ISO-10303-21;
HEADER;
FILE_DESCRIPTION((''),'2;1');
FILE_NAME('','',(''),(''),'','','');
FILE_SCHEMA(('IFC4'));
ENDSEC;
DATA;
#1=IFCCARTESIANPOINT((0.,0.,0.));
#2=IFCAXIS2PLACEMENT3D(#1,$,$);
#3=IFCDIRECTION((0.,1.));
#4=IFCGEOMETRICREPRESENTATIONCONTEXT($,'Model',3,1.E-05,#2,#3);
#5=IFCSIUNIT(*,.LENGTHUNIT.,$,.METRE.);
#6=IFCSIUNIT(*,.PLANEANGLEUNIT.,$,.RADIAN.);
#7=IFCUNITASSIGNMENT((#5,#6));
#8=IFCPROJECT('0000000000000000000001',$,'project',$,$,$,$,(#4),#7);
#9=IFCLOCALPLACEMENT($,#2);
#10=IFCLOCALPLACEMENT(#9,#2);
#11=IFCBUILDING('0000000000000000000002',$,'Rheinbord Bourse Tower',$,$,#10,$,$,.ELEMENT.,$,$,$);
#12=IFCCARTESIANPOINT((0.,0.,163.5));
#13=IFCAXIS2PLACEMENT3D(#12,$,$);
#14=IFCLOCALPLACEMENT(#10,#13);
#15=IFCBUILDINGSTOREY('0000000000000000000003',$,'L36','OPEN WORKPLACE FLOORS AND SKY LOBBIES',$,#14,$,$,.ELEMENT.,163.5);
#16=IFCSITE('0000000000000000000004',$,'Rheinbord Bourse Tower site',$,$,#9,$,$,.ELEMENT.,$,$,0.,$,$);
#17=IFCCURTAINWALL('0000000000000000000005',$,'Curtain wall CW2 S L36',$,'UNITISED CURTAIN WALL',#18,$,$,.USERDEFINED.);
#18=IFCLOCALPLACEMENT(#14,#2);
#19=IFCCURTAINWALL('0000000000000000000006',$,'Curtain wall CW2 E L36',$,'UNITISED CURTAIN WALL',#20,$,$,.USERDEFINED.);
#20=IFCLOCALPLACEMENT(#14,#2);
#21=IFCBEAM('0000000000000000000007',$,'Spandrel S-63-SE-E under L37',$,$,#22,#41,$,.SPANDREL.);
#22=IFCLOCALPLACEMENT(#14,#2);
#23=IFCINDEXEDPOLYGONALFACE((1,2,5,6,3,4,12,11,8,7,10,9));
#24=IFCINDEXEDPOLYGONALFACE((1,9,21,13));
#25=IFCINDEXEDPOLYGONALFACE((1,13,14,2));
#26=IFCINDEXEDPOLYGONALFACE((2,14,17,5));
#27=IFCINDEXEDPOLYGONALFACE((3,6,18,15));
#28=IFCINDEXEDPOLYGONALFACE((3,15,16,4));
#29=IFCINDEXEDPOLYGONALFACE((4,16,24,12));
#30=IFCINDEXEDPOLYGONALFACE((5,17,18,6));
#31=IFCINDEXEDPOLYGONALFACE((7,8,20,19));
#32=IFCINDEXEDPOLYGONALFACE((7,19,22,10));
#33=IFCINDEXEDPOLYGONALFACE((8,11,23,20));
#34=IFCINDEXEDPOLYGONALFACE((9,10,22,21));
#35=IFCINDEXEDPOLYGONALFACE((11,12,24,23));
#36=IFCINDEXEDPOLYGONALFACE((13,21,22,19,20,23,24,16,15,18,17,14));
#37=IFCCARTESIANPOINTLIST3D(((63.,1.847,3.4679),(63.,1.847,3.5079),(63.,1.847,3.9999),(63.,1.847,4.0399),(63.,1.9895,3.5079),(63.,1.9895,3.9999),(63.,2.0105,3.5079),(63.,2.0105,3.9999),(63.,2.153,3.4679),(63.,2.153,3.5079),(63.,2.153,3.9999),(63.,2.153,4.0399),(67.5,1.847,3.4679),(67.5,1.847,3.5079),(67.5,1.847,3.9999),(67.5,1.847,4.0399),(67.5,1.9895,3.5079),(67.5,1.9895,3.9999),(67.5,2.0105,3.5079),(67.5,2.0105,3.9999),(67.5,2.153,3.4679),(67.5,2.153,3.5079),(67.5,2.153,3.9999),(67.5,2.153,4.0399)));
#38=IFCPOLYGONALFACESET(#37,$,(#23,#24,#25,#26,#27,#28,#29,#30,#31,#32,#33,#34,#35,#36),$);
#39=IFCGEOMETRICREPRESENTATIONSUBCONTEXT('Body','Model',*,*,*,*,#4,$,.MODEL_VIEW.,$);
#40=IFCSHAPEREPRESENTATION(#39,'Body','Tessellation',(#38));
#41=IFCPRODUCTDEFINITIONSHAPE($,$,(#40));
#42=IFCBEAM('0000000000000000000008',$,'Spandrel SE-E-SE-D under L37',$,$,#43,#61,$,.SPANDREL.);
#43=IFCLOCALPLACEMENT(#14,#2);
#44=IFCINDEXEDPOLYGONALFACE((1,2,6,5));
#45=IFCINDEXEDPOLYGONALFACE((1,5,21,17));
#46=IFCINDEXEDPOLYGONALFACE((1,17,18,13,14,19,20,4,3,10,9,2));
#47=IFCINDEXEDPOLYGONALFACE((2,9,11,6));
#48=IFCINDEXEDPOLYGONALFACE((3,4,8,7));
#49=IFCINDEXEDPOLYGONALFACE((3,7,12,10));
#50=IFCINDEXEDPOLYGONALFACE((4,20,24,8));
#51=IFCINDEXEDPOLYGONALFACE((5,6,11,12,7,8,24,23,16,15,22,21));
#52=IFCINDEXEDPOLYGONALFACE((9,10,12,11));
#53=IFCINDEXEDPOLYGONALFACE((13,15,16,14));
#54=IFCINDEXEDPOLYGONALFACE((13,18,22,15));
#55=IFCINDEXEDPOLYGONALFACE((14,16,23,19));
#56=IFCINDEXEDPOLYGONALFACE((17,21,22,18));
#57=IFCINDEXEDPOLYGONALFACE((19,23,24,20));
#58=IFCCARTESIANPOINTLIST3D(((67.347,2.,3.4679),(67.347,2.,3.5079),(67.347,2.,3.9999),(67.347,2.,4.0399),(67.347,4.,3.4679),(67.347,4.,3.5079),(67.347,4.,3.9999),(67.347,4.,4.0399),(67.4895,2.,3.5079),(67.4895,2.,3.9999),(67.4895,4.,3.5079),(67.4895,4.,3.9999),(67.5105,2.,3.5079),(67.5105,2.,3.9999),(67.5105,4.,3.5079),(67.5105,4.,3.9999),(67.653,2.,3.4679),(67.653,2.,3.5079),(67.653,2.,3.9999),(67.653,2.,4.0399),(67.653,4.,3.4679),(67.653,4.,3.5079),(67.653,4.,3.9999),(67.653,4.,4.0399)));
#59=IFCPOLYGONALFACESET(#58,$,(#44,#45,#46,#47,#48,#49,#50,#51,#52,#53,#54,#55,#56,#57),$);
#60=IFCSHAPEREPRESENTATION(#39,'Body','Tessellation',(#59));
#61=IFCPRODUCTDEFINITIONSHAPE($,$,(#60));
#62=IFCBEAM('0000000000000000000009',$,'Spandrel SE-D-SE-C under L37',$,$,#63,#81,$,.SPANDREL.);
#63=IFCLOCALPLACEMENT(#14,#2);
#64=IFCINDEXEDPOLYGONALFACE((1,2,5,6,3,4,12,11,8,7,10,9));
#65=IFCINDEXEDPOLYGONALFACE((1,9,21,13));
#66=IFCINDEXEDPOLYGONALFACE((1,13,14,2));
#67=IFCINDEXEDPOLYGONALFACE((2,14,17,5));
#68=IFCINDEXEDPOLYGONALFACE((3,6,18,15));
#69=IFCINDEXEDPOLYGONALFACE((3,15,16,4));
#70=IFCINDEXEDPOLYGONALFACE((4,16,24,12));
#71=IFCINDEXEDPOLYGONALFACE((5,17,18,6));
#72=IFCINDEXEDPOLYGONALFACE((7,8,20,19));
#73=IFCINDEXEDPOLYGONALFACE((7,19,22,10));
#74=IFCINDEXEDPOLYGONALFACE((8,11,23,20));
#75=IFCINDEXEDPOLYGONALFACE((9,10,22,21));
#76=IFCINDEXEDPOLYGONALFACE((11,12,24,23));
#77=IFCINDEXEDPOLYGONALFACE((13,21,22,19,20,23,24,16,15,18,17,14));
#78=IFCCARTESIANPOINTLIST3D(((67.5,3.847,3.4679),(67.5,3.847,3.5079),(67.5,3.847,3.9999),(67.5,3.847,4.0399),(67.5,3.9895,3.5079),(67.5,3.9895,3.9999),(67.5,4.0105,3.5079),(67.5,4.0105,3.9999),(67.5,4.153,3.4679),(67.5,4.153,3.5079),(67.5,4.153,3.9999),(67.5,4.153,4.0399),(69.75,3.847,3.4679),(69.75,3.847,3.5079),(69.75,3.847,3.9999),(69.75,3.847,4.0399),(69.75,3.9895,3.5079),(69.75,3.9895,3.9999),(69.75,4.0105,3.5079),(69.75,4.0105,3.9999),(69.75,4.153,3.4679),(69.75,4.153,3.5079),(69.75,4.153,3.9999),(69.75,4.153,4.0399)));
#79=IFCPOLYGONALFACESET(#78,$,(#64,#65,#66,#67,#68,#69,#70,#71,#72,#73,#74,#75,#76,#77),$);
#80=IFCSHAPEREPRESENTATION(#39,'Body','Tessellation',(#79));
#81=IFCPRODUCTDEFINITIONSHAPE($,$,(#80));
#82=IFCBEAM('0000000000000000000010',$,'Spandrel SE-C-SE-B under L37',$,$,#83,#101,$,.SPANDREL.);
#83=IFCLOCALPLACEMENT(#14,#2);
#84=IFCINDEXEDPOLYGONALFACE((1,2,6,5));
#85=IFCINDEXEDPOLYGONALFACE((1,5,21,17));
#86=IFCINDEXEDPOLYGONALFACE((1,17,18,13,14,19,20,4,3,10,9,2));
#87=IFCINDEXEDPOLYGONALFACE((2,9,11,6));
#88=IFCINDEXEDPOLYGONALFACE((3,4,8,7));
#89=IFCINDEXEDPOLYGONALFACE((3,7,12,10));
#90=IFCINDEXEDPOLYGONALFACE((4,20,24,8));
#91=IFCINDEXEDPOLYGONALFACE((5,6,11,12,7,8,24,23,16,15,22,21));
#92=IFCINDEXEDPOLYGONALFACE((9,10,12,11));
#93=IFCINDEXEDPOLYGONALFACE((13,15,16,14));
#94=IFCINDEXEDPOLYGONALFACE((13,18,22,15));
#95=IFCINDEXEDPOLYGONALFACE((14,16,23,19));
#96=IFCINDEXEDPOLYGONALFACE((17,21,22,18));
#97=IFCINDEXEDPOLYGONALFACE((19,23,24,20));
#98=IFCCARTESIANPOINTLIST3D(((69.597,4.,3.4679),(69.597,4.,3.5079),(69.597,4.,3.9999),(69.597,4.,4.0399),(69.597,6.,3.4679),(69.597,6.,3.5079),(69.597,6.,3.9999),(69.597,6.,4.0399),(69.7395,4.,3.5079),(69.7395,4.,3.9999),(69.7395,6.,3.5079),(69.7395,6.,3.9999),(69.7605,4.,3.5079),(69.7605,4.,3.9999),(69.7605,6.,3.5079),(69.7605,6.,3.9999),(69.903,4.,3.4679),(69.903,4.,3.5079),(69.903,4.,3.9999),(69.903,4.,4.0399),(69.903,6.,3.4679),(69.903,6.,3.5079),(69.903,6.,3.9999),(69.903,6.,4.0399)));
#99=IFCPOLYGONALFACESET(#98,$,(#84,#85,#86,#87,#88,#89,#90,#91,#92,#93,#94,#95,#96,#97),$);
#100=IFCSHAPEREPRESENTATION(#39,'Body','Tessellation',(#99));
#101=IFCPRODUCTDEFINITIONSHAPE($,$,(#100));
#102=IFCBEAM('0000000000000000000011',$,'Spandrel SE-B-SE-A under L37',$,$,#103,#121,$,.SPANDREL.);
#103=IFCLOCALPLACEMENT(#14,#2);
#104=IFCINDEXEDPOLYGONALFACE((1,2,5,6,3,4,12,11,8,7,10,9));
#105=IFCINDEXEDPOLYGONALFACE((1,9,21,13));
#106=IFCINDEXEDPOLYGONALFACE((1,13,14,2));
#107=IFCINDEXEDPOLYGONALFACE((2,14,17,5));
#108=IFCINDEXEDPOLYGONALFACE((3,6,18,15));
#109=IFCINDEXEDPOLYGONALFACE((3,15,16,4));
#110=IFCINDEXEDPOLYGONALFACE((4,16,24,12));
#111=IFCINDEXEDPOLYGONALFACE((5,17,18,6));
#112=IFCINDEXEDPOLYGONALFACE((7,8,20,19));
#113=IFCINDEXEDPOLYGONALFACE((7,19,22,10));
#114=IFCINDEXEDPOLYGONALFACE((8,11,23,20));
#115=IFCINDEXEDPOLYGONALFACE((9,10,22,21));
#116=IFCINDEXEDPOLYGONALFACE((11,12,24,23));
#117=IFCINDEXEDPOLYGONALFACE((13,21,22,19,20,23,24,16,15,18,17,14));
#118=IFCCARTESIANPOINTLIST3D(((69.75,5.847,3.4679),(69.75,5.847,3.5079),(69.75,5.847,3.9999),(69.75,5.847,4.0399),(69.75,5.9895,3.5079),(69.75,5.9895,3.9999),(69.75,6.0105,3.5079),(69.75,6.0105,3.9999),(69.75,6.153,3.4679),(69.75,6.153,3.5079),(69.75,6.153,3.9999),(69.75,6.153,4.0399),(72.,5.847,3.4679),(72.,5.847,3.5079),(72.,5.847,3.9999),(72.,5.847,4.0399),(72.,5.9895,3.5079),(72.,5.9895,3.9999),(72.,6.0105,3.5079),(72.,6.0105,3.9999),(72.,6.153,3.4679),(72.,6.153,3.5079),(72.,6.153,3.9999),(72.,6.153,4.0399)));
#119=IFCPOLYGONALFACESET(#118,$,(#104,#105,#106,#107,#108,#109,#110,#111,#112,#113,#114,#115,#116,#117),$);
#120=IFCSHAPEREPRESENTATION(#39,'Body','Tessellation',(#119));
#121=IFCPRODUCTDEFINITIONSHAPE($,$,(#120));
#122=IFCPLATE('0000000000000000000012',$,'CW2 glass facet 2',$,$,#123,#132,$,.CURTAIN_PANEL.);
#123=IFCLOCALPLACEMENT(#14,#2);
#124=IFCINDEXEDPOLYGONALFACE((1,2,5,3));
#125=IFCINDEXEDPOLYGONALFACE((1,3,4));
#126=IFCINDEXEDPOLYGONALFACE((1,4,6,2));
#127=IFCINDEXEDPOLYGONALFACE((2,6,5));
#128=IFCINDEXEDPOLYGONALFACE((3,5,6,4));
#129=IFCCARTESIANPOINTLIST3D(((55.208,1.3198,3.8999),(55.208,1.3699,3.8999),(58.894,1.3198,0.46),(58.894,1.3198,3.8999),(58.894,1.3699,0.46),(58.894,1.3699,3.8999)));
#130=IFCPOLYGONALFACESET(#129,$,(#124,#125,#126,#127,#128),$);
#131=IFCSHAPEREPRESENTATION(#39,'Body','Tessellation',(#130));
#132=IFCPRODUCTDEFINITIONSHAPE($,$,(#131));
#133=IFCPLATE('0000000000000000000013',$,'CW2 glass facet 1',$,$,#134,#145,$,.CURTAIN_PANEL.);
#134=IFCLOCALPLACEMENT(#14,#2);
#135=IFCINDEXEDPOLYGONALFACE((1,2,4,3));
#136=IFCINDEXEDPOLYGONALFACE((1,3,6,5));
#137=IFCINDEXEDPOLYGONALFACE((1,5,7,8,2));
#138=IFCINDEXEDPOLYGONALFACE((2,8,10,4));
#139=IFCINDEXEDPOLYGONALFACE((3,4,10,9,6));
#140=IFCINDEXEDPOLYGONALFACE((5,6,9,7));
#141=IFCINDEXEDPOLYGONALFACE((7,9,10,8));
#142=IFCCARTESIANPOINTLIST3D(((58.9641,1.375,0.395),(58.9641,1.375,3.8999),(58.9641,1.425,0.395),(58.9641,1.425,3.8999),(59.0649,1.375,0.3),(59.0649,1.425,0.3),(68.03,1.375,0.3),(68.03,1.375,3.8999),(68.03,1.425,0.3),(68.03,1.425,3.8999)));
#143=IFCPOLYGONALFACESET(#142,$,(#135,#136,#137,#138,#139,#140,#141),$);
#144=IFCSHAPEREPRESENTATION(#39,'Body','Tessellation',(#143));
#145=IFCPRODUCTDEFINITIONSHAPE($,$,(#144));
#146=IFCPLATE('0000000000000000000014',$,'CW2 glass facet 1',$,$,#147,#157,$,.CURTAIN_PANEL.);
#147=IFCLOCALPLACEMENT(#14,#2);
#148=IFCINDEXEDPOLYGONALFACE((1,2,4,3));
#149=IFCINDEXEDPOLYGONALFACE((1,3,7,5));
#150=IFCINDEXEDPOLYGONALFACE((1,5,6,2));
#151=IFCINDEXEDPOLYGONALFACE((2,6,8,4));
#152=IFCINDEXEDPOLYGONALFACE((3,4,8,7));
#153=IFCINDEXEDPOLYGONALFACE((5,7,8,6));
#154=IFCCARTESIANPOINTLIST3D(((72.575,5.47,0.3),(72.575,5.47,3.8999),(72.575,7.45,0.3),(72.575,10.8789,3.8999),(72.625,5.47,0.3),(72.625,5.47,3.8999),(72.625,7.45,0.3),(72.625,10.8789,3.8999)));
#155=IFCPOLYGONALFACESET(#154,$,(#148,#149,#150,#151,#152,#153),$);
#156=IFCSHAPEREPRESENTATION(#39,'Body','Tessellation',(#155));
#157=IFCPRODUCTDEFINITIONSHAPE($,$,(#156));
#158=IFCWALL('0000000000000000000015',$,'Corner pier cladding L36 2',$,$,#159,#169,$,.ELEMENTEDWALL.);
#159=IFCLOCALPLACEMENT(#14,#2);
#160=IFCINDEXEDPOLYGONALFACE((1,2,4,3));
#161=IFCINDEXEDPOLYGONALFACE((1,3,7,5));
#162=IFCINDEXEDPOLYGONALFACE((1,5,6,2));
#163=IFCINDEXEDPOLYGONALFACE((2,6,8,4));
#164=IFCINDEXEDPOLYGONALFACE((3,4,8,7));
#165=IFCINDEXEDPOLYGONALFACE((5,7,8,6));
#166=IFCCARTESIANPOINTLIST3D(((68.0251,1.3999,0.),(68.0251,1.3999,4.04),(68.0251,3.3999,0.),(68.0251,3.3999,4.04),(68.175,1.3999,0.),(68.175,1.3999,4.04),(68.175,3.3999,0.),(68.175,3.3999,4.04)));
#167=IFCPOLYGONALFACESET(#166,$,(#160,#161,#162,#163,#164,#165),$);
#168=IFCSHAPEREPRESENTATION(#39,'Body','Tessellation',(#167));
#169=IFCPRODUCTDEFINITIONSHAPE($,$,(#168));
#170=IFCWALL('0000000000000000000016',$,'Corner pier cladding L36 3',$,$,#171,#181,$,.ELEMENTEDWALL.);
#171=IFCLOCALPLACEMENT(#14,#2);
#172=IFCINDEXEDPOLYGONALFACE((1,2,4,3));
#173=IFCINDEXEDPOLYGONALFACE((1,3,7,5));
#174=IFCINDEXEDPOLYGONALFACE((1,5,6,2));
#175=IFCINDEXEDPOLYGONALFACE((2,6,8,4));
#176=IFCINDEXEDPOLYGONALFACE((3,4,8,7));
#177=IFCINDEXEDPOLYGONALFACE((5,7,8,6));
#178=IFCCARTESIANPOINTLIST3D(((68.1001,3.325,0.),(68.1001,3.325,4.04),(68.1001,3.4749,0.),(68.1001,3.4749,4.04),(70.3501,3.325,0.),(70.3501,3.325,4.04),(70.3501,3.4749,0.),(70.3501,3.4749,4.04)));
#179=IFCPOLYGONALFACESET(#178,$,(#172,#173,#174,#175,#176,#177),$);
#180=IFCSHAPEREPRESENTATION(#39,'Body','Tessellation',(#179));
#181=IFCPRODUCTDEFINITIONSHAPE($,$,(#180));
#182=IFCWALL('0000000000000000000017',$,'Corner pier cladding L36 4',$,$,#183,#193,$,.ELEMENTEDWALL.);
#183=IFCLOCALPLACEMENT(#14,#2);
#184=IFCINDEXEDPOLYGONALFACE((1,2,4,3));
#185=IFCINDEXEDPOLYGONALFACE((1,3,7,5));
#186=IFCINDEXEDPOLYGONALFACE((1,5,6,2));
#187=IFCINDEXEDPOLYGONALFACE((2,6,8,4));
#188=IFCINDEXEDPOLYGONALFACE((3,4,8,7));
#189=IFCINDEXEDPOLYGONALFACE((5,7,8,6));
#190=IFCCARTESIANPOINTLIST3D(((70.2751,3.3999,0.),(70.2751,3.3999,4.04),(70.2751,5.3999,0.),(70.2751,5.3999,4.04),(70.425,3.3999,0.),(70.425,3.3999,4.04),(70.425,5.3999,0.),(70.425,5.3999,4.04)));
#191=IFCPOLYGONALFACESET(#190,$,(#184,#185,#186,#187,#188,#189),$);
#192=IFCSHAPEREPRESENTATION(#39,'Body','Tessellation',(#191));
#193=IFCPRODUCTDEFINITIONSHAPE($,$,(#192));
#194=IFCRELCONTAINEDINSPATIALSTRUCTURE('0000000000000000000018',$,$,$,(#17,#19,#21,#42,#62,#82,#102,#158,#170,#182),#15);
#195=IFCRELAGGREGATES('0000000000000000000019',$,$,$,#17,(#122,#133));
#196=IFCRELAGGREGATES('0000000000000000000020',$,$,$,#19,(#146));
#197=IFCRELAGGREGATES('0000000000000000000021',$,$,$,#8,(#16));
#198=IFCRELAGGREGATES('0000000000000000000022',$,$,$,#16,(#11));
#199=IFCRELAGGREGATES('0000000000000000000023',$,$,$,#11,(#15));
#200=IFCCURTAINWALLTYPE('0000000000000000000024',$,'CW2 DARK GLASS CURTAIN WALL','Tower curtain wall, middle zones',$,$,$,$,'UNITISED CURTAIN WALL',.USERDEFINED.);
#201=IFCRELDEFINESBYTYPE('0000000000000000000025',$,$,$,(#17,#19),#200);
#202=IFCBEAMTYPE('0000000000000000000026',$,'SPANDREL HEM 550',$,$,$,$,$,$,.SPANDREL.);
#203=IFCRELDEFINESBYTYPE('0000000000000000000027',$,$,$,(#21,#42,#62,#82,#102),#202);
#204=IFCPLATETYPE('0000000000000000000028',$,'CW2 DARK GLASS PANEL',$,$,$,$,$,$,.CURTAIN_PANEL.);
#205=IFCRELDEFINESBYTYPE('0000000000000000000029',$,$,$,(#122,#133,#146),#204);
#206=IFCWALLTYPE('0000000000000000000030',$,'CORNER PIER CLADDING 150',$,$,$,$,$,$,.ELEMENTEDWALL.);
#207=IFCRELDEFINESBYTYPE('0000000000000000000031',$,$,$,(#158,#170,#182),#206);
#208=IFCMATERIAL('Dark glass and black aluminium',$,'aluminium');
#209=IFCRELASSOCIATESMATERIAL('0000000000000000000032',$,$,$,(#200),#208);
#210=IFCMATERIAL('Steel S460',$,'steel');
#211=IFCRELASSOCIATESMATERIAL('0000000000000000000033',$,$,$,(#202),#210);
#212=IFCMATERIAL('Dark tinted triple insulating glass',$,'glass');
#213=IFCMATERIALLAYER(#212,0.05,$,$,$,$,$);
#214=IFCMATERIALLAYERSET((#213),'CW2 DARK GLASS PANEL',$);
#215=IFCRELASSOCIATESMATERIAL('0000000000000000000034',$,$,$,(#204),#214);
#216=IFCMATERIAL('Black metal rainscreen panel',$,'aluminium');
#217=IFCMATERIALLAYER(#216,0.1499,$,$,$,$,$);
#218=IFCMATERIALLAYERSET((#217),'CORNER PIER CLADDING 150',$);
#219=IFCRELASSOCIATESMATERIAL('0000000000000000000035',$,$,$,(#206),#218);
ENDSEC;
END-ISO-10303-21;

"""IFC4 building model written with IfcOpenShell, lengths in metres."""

from ifc_helpers import new_model, si_unit, direction, frame, frame_2d, origin, origin_2d, place, context, subcontext, project, spatial, polyline, rectangle, i_section, outline, extrude, material, layer, layer_set, material_profile, profile_set, type_object, element, aggregate, save


model = new_model("IFC4")

# Units and contexts
model_context = context("Model", 3, precision=1e-05, world=origin(), true_north=direction((0.0, 1.0)))
body_context = subcontext(model_context, "Body", "Model", "MODEL_VIEW")
ifc_project = project(units=[si_unit("LENGTHUNIT", "METRE"), si_unit("PLANEANGLEUNIT", "RADIAN")], contexts=[model_context])

# Site, building, storey
site_placement = place(None, origin())
site = spatial("IfcSite", under=ifc_project, at=site_placement, Name="Rheinbord Bourse Tower site", CompositionType="ELEMENT", RefElevation=0.0)
building_placement = place(site_placement, origin())
building = spatial("IfcBuilding", under=site, at=building_placement, Name="Rheinbord Bourse Tower", CompositionType="ELEMENT")
storey_placement = place(building_placement, frame((0.0, 0.0, 163.5)))
storey = spatial("IfcBuildingStorey", under=building, at=storey_placement, Name="L36", Description="OPEN WORKPLACE FLOORS AND SKY LOBBIES", CompositionType="ELEMENT", Elevation=163.5)

# Curtain wall
ifc_material_1 = material(Name="Dark glass and black aluminium", Category="aluminium")
curtain_wall_type = type_object("IfcCurtainWallType", Name="CW2 DARK GLASS CURTAIN WALL", Description="Tower curtain wall, middle zones", ElementType="UNITISED CURTAIN WALL", PredefinedType="USERDEFINED", material=ifc_material_1)
curtain_wall_1_placement = place(storey_placement, origin())
curtain_wall_1 = element("IfcCurtainWall", 1, at=curtain_wall_1_placement, inside=storey, type_object=curtain_wall_type, Name="Curtain wall CW2 S L36", ObjectType="UNITISED CURTAIN WALL", PredefinedType="USERDEFINED")

# Curtain wall
curtain_wall_2_placement = place(storey_placement, origin())
curtain_wall_2 = element("IfcCurtainWall", 2, at=curtain_wall_2_placement, inside=storey, type_object=curtain_wall_type, Name="Curtain wall CW2 E L36", ObjectType="UNITISED CURTAIN WALL", PredefinedType="USERDEFINED")

# Beams
ifc_material_2 = material(Name="Steel S460", Category="steel")
ifc_material_profile_1 = material_profile(ifc_material_2, i_section(OverallWidth=0.3059, OverallDepth=0.572, WebThickness=0.021, FlangeThickness=0.04, at=origin_2d()), Name="HEM 550")
ifc_profile_set_1 = profile_set([ifc_material_profile_1], Name="Steel S460")
beam_type_1 = type_object("IfcBeamType", Name="SPANDREL HEM 550", PredefinedType="SPANDREL", material=ifc_profile_set_1)
for number, where, z_axis, x_axis, name in (
    (3, (63.0, 2.0, 3.7539), (1.0, 0.0, 0.0), (0.0, 1.0, 0.0), "Spandrel S-63-SE-E under L37"),
):
    element("IfcBeam", number, at=place(storey_placement, frame(where, z_axis=z_axis, x_axis=x_axis)), inside=storey, type_object=beam_type_1, Name=name, PredefinedType="SPANDREL", context=body_context, shape_type="SweptSolid", body=[
        extrude(i_section(OverallWidth=0.3059, OverallDepth=0.572, WebThickness=0.021, FlangeThickness=0.04, at=origin_2d()), origin(), (0.0, 0.0, 1.0), 4.5),
    ])
beam_1_placement = place(storey_placement, frame((67.5, 2.0, 3.7539), z_axis=(0.0, 1.0, 0.0), x_axis=(-1.0, 0.0, 0.0)))
element("IfcBeam", 4, at=beam_1_placement, inside=storey, type_object=beam_type_1, Name="Spandrel SE-E-SE-D under L37", PredefinedType="SPANDREL", context=body_context, shape_type="SweptSolid", body=[
    extrude(i_section(OverallWidth=0.3059, OverallDepth=0.572, WebThickness=0.021, FlangeThickness=0.04, at=origin_2d()), origin(), (0.0, 0.0, 1.0), 2.0),
])
beam_2_placement = place(storey_placement, frame((67.5, 4.0, 3.7539), z_axis=(1.0, 0.0, 0.0), x_axis=(0.0, 1.0, 0.0)))
element("IfcBeam", 5, at=beam_2_placement, inside=storey, type_object=beam_type_1, Name="Spandrel SE-D-SE-C under L37", PredefinedType="SPANDREL", context=body_context, shape_type="SweptSolid", body=[
    extrude(i_section(OverallWidth=0.3059, OverallDepth=0.572, WebThickness=0.021, FlangeThickness=0.04, at=origin_2d()), origin(), (0.0, 0.0, 1.0), 2.25),
])
beam_3_placement = place(storey_placement, frame((69.75, 4.0, 3.7539), z_axis=(0.0, 1.0, 0.0), x_axis=(-1.0, 0.0, 0.0)))
element("IfcBeam", 6, at=beam_3_placement, inside=storey, type_object=beam_type_1, Name="Spandrel SE-C-SE-B under L37", PredefinedType="SPANDREL", context=body_context, shape_type="SweptSolid", body=[
    extrude(i_section(OverallWidth=0.3059, OverallDepth=0.572, WebThickness=0.021, FlangeThickness=0.04, at=origin_2d()), origin(), (0.0, 0.0, 1.0), 2.0),
])
beam_4_placement = place(storey_placement, frame((69.75, 6.0, 3.7539), z_axis=(1.0, 0.0, 0.0), x_axis=(0.0, 1.0, 0.0)))
element("IfcBeam", 7, at=beam_4_placement, inside=storey, type_object=beam_type_1, Name="Spandrel SE-B-SE-A under L37", PredefinedType="SPANDREL", context=body_context, shape_type="SweptSolid", body=[
    extrude(i_section(OverallWidth=0.3059, OverallDepth=0.572, WebThickness=0.021, FlangeThickness=0.04, at=origin_2d()), origin(), (0.0, 0.0, 1.0), 2.25),
])

# Plates
ifc_material_3 = material(Name="Dark tinted triple insulating glass", Category="glass")
ifc_layer_1 = layer(ifc_material_3, 0.05)
ifc_layer_set_1 = layer_set([ifc_layer_1], Name="CW2 DARK GLASS PANEL")
plate_type = type_object("IfcPlateType", Name="CW2 DARK GLASS PANEL", PredefinedType="CURTAIN_PANEL", material=ifc_layer_set_1)
plate_1_placement = place(storey_placement, frame((58.894, 1.3198, 3.8999), z_axis=(0.0, 1.0, 0.0), x_axis=(0.0, 0.0, -1.0)))
plate_1 = element("IfcPlate", 8, at=plate_1_placement, type_object=plate_type, Name="CW2 glass facet 2", PredefinedType="CURTAIN_PANEL", context=body_context, shape_type="SweptSolid", body=[
    extrude(outline(polyline([(0.0, 0.0), (3.4399, 0.0), (0.0, 3.686), (0.0, 0.0)])), origin(), (0.0, 0.0, 1.0), 0.05),
])
plate_2_placement = place(storey_placement, frame((58.9641, 1.375, 3.8999), z_axis=(0.0, 1.0, 0.0), x_axis=(1.0, 0.0, 0.0)))
plate_2 = element("IfcPlate", 9, at=plate_2_placement, type_object=plate_type, Name="CW2 glass facet 1", PredefinedType="CURTAIN_PANEL", context=body_context, shape_type="SweptSolid", body=[
    extrude(outline(polyline([(0.0, 0.0), (9.0659, 0.0), (9.0659, 3.5999), (0.1008, 3.5999), (0.0, 3.5049), (0.0, 0.0)])), origin(), (0.0, 0.0, 1.0), 0.05),
])
aggregate(curtain_wall_1, [plate_1, plate_2])
plate_3_placement = place(storey_placement, frame((72.625, 5.47, 0.3), z_axis=(-1.0, 0.0, 0.0), x_axis=(0.0, 0.0, 1.0)))
plate_3 = element("IfcPlate", 10, at=plate_3_placement, type_object=plate_type, Name="CW2 glass facet 1", PredefinedType="CURTAIN_PANEL", context=body_context, shape_type="SweptSolid", body=[
    extrude(outline(polyline([(0.0, 0.0), (3.5999, 0.0), (3.5999, 5.4089), (0.0, 1.98), (0.0, 0.0)])), origin(), (0.0, 0.0, 1.0), 0.05),
])
aggregate(curtain_wall_2, [plate_3])

# Walls
ifc_material_4 = material(Name="Black metal rainscreen panel", Category="aluminium")
ifc_layer_2 = layer(ifc_material_4, 0.1499)
ifc_layer_set_2 = layer_set([ifc_layer_2], Name="CORNER PIER CLADDING 150")
wall_type = type_object("IfcWallType", Name="CORNER PIER CLADDING 150", PredefinedType="ELEMENTEDWALL", material=ifc_layer_set_2)
wall_1_placement = place(storey_placement, frame((68.1001, 1.3999, 0.0), z_axis=(0.0, 0.0, 1.0), x_axis=(0.0, 1.0, 0.0)))
element("IfcWall", 11, at=wall_1_placement, inside=storey, type_object=wall_type, Name="Corner pier cladding L36 2", PredefinedType="ELEMENTEDWALL", context=body_context, shape_type="SweptSolid", body=[
    extrude(rectangle(XDim=2.0, YDim=0.1499, at=frame_2d((1.0, 0.0))), origin(), (0.0, 0.0, 1.0), 4.04),
])
wall_2_placement = place(storey_placement, frame((68.1001, 3.3999, 0.0), z_axis=(0.0, 0.0, 1.0), x_axis=(1.0, 0.0, 0.0)))
element("IfcWall", 12, at=wall_2_placement, inside=storey, type_object=wall_type, Name="Corner pier cladding L36 3", PredefinedType="ELEMENTEDWALL", context=body_context, shape_type="SweptSolid", body=[
    extrude(rectangle(XDim=2.25, YDim=0.1499, at=frame_2d((1.125, 0.0))), origin(), (0.0, 0.0, 1.0), 4.04),
])
wall_3_placement = place(storey_placement, frame((70.3501, 3.3999, 0.0), z_axis=(0.0, 0.0, 1.0), x_axis=(0.0, 1.0, 0.0)))
element("IfcWall", 13, at=wall_3_placement, inside=storey, type_object=wall_type, Name="Corner pier cladding L36 4", PredefinedType="ELEMENTEDWALL", context=body_context, shape_type="SweptSolid", body=[
    extrude(rectangle(XDim=2.0, YDim=0.1499, at=frame_2d((1.0, 0.0))), origin(), (0.0, 0.0, 1.0), 4.04),
])

save(model, "model.ifc")
